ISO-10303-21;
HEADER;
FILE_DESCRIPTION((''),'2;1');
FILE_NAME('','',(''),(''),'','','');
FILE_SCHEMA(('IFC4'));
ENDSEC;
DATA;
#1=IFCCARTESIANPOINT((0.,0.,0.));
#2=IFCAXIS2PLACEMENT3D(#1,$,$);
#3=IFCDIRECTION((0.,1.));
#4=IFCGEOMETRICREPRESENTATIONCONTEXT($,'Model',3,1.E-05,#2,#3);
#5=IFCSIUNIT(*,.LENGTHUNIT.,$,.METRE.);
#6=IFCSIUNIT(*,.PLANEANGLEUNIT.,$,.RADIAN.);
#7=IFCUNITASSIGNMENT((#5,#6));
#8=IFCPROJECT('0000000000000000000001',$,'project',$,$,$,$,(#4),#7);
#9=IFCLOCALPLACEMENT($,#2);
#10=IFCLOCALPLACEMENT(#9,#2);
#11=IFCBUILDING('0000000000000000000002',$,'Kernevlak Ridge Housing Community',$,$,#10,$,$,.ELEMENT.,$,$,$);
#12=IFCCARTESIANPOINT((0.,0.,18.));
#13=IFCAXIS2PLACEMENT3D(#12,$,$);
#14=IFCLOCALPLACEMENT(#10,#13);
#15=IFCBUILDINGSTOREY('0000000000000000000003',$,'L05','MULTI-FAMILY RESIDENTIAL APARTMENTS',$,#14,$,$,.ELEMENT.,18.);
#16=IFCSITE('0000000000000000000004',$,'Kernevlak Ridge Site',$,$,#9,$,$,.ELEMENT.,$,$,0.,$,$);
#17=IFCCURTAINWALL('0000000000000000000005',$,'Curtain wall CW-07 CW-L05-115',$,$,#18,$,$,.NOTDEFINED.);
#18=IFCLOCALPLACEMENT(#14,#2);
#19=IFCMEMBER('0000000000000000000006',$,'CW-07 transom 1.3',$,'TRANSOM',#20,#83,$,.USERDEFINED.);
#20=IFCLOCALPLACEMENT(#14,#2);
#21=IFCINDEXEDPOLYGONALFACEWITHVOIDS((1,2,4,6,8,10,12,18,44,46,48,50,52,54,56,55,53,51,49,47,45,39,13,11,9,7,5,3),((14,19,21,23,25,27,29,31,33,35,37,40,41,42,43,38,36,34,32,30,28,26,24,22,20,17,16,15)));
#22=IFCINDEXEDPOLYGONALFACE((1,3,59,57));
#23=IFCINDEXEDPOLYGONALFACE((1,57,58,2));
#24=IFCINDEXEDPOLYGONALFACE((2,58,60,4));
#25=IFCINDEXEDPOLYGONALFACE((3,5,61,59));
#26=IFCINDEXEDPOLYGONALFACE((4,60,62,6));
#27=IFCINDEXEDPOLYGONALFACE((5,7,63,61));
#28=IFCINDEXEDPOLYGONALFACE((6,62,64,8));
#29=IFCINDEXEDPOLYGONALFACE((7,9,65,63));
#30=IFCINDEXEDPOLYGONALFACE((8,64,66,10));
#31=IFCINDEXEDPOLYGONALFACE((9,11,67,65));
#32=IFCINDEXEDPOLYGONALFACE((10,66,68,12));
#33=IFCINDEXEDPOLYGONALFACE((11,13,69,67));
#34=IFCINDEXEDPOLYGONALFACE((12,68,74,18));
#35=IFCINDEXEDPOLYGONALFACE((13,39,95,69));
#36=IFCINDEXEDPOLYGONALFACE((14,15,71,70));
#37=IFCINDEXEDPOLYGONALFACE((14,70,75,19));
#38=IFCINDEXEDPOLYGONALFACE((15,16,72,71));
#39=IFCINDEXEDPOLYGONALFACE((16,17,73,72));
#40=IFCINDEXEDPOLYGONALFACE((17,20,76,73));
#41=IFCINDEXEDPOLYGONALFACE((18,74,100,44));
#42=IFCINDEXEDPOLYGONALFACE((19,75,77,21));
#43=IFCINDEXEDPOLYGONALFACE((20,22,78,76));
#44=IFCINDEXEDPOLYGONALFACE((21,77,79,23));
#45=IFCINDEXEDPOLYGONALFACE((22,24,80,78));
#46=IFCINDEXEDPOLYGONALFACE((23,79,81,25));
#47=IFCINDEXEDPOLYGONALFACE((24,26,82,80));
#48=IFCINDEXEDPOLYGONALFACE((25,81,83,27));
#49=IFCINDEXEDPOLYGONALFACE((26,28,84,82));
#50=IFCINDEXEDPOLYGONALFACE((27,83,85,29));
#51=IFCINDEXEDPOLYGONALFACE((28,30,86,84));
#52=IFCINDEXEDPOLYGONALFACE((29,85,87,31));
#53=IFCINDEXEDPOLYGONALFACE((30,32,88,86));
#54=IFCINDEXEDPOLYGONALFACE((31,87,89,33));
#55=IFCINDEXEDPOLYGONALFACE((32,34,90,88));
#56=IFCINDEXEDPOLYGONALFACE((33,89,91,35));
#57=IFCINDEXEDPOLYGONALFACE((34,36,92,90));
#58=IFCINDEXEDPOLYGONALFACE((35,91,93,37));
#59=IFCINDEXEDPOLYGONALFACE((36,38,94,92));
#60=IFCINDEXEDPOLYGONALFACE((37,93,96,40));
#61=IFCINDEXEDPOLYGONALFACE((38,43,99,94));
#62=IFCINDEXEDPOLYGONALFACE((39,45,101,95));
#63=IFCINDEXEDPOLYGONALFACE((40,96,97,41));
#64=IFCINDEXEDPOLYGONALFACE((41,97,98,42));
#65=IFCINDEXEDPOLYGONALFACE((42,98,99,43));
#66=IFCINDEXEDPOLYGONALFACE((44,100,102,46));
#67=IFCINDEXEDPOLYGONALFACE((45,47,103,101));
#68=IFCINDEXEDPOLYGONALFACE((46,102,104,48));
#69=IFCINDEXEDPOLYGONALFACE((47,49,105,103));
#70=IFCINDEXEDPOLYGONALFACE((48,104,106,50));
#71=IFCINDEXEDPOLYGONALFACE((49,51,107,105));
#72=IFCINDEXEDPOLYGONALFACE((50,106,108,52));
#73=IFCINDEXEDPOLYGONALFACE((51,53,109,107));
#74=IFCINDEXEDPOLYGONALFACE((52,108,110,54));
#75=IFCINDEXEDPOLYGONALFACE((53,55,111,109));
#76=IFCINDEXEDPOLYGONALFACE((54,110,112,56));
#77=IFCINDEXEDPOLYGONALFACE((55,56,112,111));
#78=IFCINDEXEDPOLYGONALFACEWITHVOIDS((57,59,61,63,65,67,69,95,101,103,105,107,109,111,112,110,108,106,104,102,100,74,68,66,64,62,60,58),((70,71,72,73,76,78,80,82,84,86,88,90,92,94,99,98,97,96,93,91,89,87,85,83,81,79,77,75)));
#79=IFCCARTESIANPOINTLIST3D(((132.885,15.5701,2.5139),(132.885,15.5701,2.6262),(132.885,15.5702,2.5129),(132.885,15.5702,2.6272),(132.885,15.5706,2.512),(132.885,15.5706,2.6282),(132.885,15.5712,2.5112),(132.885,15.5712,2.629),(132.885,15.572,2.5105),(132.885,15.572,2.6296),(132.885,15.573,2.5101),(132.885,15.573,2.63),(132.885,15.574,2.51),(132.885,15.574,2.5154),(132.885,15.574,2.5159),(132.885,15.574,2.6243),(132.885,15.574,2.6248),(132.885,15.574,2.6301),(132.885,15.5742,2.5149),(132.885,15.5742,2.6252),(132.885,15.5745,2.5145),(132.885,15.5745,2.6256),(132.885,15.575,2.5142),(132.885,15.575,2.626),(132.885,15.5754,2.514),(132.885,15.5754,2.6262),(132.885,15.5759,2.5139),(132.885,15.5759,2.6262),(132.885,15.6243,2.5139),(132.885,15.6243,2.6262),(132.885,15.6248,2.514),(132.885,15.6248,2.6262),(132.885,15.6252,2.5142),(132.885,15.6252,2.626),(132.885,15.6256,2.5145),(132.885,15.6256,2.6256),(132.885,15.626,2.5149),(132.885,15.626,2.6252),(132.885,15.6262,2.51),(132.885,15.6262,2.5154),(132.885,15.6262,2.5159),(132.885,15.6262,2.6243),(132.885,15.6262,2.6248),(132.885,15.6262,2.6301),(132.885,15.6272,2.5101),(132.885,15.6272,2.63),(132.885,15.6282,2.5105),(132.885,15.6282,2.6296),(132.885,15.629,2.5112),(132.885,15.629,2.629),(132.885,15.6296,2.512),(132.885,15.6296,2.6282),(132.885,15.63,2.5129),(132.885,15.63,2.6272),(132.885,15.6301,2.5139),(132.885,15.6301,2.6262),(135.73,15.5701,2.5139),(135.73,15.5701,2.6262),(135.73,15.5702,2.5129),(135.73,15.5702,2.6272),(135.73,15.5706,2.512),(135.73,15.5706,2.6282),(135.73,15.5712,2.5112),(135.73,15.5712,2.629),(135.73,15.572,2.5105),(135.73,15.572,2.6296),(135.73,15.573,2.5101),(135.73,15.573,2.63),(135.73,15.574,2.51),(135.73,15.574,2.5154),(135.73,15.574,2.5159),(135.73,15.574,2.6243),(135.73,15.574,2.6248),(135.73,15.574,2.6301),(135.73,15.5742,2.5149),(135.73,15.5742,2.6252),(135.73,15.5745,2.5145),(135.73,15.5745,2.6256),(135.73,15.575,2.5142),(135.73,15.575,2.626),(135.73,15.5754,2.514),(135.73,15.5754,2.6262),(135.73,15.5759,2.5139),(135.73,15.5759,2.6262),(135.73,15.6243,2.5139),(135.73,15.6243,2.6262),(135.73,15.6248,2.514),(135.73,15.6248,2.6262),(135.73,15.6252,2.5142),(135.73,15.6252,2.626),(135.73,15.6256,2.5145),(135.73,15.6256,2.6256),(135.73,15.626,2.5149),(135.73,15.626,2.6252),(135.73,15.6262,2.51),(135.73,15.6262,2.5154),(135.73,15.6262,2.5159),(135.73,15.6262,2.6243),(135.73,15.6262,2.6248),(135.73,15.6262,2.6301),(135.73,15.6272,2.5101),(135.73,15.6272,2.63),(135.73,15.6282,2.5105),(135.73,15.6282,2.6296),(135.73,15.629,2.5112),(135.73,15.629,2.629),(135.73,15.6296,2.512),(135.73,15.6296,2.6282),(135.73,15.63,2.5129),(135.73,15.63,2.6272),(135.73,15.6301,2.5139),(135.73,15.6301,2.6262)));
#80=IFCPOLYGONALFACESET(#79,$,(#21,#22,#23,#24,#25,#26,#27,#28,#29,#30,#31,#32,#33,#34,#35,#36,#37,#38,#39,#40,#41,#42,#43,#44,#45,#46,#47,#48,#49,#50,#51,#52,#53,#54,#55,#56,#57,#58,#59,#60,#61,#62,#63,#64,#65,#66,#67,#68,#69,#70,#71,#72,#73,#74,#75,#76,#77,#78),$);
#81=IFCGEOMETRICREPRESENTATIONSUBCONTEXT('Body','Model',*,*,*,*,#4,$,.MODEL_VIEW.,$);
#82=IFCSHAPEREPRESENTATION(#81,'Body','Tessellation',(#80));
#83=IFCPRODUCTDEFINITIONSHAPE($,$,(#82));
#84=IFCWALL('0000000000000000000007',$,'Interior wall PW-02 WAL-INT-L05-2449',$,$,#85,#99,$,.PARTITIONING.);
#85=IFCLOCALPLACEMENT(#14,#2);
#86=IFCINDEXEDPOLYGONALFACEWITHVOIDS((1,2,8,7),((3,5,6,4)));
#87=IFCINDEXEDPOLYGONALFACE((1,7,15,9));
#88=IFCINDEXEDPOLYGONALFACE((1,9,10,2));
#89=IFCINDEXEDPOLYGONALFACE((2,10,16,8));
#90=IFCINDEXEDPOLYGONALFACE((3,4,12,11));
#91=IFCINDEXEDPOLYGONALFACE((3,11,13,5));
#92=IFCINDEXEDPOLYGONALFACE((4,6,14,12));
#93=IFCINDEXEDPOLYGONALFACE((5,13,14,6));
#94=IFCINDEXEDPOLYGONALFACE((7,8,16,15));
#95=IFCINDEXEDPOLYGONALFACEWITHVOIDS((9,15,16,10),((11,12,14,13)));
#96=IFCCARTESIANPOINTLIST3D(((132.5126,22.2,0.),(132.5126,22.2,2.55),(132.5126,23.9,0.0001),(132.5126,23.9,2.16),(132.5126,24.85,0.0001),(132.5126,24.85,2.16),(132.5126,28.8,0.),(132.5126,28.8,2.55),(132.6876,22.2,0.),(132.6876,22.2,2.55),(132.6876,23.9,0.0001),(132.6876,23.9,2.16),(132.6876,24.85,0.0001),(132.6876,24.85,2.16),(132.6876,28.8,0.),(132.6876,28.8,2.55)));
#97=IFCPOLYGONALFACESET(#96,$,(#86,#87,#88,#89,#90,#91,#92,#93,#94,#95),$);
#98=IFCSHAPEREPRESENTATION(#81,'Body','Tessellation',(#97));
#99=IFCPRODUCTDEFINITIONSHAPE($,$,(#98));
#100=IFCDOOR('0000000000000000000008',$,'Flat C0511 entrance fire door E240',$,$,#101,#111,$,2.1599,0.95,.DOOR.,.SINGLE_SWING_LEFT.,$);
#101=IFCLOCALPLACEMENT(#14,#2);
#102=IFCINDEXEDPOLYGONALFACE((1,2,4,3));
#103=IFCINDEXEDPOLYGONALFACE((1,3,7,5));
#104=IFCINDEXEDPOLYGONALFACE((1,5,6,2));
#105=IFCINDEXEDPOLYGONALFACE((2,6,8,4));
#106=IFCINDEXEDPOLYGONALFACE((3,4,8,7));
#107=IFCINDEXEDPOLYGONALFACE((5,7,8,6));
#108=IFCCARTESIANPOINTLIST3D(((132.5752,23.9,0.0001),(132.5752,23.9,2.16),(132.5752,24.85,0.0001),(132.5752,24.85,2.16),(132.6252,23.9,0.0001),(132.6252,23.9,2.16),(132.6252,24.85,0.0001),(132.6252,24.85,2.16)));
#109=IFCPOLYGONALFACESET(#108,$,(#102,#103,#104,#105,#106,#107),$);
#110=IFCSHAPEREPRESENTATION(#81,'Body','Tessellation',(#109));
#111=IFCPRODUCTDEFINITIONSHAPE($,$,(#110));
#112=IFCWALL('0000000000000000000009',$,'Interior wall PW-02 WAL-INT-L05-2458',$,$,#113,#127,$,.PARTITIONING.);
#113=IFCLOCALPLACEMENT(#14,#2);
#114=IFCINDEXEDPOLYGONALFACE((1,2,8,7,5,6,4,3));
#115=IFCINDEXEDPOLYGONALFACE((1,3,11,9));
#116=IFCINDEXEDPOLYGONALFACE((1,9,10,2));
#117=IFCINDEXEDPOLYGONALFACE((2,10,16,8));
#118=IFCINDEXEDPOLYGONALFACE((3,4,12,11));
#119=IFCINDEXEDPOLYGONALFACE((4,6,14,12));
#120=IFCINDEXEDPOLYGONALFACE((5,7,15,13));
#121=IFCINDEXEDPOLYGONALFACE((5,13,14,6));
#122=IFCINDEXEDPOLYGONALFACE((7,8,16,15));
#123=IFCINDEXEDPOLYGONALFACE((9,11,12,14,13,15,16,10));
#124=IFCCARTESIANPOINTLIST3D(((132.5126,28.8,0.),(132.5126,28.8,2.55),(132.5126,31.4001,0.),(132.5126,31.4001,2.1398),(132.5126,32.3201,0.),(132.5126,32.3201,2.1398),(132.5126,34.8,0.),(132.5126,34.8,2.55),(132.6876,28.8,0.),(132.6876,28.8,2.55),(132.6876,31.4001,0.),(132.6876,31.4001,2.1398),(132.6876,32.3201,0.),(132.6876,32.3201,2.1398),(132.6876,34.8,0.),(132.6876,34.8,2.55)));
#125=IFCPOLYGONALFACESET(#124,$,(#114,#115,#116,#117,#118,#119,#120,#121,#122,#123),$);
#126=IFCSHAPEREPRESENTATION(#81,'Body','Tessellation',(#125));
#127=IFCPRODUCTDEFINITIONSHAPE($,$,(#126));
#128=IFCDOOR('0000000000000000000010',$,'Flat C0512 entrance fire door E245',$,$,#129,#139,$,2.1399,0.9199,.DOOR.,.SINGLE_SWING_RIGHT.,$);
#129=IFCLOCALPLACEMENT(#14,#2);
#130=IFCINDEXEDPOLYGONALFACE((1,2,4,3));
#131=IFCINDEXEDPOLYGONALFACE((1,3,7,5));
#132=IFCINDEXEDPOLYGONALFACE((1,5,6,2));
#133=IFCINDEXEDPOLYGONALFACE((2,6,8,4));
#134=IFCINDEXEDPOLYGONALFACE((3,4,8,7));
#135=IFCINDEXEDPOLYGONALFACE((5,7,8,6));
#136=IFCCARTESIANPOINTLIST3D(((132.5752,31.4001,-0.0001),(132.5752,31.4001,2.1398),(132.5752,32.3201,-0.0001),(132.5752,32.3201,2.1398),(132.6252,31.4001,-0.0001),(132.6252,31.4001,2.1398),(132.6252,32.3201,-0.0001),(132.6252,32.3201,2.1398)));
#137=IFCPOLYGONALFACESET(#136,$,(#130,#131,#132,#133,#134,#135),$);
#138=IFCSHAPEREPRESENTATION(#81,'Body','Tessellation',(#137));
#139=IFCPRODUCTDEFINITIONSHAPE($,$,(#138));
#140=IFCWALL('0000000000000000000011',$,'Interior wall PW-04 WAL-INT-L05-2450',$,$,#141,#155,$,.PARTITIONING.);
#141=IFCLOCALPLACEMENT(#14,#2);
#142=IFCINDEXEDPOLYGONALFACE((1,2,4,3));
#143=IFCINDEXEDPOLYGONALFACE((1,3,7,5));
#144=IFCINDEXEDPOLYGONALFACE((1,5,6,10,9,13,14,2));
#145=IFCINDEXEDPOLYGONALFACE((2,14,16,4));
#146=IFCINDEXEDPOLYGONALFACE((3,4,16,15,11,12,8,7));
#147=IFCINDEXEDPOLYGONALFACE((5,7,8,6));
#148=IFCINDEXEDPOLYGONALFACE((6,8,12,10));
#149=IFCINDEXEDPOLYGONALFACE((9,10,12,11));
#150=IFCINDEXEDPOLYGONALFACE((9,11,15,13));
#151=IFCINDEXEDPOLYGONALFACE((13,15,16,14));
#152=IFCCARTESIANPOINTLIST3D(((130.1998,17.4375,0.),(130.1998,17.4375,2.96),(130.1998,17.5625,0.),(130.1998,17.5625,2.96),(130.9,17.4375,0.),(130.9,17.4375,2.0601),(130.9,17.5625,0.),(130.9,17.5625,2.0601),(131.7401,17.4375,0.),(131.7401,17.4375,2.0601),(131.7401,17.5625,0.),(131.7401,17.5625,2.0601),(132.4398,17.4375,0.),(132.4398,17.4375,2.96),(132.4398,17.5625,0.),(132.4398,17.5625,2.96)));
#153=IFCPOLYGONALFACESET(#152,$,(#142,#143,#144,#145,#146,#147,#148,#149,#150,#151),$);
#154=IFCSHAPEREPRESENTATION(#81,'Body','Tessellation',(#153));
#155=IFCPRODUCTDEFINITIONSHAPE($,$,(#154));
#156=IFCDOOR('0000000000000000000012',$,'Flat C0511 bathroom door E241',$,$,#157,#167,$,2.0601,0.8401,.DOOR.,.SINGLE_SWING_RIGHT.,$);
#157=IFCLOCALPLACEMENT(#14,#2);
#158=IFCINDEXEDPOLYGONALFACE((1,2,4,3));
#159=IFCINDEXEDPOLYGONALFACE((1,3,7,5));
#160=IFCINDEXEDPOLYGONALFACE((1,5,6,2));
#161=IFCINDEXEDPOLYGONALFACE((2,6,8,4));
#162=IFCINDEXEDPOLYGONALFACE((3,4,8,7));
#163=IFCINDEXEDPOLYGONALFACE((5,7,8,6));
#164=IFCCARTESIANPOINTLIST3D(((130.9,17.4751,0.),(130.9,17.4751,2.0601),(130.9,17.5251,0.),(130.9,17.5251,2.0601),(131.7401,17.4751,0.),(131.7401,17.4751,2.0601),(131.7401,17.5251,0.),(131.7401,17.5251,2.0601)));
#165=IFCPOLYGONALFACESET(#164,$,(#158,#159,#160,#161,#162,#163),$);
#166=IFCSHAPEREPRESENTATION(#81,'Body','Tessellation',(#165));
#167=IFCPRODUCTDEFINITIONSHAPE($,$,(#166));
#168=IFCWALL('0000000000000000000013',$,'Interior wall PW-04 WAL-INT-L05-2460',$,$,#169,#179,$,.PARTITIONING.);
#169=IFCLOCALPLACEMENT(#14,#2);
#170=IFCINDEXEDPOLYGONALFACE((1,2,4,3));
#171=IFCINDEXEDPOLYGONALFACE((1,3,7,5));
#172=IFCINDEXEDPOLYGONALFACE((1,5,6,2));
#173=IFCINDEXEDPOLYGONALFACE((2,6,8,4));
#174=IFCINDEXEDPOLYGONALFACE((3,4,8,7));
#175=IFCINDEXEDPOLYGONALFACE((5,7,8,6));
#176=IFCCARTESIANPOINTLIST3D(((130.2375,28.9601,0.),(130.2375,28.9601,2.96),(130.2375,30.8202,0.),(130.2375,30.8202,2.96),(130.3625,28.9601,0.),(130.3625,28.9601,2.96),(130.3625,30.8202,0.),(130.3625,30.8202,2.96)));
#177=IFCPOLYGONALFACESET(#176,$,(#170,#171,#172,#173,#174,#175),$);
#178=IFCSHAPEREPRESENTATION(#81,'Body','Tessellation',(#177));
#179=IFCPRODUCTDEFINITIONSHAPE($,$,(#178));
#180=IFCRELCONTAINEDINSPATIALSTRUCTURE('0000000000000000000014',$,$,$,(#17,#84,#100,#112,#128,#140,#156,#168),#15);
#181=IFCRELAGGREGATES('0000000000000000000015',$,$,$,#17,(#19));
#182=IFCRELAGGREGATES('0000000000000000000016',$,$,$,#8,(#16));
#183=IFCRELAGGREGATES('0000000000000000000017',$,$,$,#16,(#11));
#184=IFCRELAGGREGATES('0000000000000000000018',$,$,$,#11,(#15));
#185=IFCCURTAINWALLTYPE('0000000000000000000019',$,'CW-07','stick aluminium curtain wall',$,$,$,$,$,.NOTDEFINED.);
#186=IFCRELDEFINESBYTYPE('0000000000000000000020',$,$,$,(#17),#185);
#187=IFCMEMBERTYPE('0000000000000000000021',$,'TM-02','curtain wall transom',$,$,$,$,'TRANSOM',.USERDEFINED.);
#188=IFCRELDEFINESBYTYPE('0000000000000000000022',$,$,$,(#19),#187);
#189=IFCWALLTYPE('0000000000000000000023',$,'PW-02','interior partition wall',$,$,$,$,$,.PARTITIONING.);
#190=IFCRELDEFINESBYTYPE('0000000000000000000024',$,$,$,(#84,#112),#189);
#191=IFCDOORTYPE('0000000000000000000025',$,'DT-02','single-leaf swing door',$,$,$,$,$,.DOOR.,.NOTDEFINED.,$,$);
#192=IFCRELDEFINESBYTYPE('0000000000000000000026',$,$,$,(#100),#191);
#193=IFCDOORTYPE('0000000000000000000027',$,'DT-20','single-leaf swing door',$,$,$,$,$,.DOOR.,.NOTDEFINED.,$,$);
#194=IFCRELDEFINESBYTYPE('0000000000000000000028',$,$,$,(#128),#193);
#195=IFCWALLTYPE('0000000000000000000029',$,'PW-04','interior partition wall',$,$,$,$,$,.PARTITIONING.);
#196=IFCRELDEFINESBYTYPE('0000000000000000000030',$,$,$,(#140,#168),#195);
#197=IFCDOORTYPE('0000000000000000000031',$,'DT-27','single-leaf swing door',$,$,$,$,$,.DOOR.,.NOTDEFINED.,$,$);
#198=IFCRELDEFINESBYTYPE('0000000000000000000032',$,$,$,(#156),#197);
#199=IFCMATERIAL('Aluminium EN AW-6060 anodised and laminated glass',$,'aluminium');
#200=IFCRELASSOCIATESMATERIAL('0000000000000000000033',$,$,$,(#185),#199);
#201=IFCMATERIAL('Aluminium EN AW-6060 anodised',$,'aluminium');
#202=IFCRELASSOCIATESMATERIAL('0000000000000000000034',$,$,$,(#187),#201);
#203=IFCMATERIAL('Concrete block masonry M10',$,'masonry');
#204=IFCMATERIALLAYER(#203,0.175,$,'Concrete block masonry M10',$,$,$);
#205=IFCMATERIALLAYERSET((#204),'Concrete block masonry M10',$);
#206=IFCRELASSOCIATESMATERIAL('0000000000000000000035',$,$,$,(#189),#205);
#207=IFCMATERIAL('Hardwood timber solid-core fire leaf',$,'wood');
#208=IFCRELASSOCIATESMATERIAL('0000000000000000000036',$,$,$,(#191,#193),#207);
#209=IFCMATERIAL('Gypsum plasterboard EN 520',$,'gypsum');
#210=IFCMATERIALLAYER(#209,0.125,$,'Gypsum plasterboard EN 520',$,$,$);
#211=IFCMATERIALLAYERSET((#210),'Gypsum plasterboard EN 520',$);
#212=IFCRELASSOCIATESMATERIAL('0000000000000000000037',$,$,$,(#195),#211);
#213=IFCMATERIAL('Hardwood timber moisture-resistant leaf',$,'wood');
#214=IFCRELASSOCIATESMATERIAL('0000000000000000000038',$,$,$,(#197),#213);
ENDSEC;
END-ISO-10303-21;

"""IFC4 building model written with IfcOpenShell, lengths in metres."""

from ifc_helpers import new_model, si_unit, direction, frame, frame_2d, origin, origin_2d, place, context, subcontext, project, spatial, rectangle, hollow_rectangle, extrude, material, layer, layer_set, material_profile, profile_set, type_object, element, fill, aggregate, save


model = new_model("IFC4")

# Units and contexts
model_context = context("Model", 3, precision=1e-05, world=origin(), true_north=direction((0.0, 1.0)))
body_context = subcontext(model_context, "Body", "Model", "MODEL_VIEW")
ifc_project = project(units=[si_unit("LENGTHUNIT", "METRE"), si_unit("PLANEANGLEUNIT", "RADIAN")], contexts=[model_context])

# Site, building, storey
site_placement = place(None, origin())
site = spatial("IfcSite", under=ifc_project, at=site_placement, Name="Kernevlak Ridge Site", CompositionType="ELEMENT", RefElevation=0.0)
building_placement = place(site_placement, origin())
building = spatial("IfcBuilding", under=site, at=building_placement, Name="Kernevlak Ridge Housing Community", CompositionType="ELEMENT")
storey_placement = place(building_placement, frame((0.0, 0.0, 18.0)))
storey = spatial("IfcBuildingStorey", under=building, at=storey_placement, Name="L05", Description="MULTI-FAMILY RESIDENTIAL APARTMENTS", CompositionType="ELEMENT", Elevation=18.0)

# Curtain wall
ifc_material_1 = material(Name="Aluminium EN AW-6060 anodised and laminated glass", Category="aluminium")
curtain_wall_type = type_object("IfcCurtainWallType", Name="CW-07", Description="stick aluminium curtain wall", PredefinedType="NOTDEFINED", material=ifc_material_1)
curtain_wall_placement = place(storey_placement, origin())
curtain_wall = element("IfcCurtainWall", 1, at=curtain_wall_placement, inside=storey, type_object=curtain_wall_type, Name="Curtain wall CW-07 CW-L05-115", PredefinedType="NOTDEFINED")
ifc_material_2 = material(Name="Aluminium EN AW-6060 anodised", Category="aluminium")

# Member
ifc_material_profile_1 = material_profile(ifc_material_2, hollow_rectangle(XDim=0.0601, YDim=0.1201, WallThickness=0.0039, InnerFilletRadius=0.002, OuterFilletRadius=0.0039, at=origin_2d()), Name="ALU 60x120x4")
ifc_profile_set_1 = profile_set([ifc_material_profile_1], Name="Aluminium EN AW-6060 anodised")
member_type_1 = type_object("IfcMemberType", Name="TM-02", Description="curtain wall transom", ElementType="TRANSOM", PredefinedType="USERDEFINED", material=ifc_profile_set_1)
member_1_placement = place(storey_placement, frame((132.885, 15.6001, 2.5701), z_axis=(1.0, 0.0, 0.0), x_axis=(0.0, 1.0, 0.0)))
member_1 = element("IfcMember", 2, at=member_1_placement, type_object=member_type_1, Name="CW-07 transom 1.3", ObjectType="TRANSOM", PredefinedType="USERDEFINED", context=body_context, shape_type="SweptSolid", body=[
    extrude(hollow_rectangle(XDim=0.0601, YDim=0.1201, WallThickness=0.0039, InnerFilletRadius=0.002, OuterFilletRadius=0.0039, at=origin_2d()), origin(), (0.0, 0.0, 1.0), 2.845),
])
aggregate(curtain_wall, [member_1])

# Walls, openings, doors
ifc_material_3 = material(Name="Concrete block masonry M10", Category="masonry")
ifc_layer_1 = layer(ifc_material_3, 0.175, Name="Concrete block masonry M10")
ifc_layer_set_1 = layer_set([ifc_layer_1], Name="Concrete block masonry M10")
wall_type_1 = type_object("IfcWallType", Name="PW-02", Description="interior partition wall", PredefinedType="PARTITIONING", material=ifc_layer_set_1)
wall_1_placement = place(storey_placement, frame((132.6001, 22.2, 0.0), z_axis=(0.0, 0.0, 1.0), x_axis=(0.0, 1.0, 0.0)))
wall_1 = element("IfcWall", 3, at=wall_1_placement, inside=storey, type_object=wall_type_1, Name="Interior wall PW-02 WAL-INT-L05-2449", PredefinedType="PARTITIONING", context=body_context, shape_type="SweptSolid", body=[
    extrude(rectangle(XDim=6.6001, YDim=0.175, at=frame_2d((3.3, 0.0))), origin(), (0.0, 0.0, 1.0), 2.55),
])
opening_1_placement = place(wall_1_placement, frame((1.7, 0.0, 0.0)))
opening_1 = element("IfcOpeningElement", 4, at=opening_1_placement, cuts=wall_1, PredefinedType="OPENING", context=body_context, shape_type="SweptSolid", body=[
    extrude(rectangle(XDim=0.95, YDim=2.1599, at=frame_2d((0.4751, 1.0801))), frame((0.0, 0.0974, 0.0), z_axis=(0.0, -1.0, 0.0), x_axis=(1.0, 0.0, 0.0)), (0.0, 0.0, 1.0), 0.1951),
])
ifc_material_4 = material(Name="Hardwood timber solid-core fire leaf", Category="wood")
door_type_1 = type_object("IfcDoorType", Name="DT-02", Description="single-leaf swing door", OperationType="NOTDEFINED", PredefinedType="DOOR", material=ifc_material_4)
door_1_placement = place(opening_1_placement, origin())
door_1 = element("IfcDoor", 5, at=door_1_placement, inside=storey, type_object=door_type_1, Name="Flat C0511 entrance fire door E240", OperationType="SINGLE_SWING_LEFT", OverallHeight=2.1599, OverallWidth=0.95, PredefinedType="DOOR", context=body_context, shape_type="SweptSolid", body=[
    extrude(rectangle(XDim=0.95, YDim=2.1599, at=frame_2d((0.4751, 1.0801))), frame((0.0, 0.0249, 0.0), z_axis=(0.0, -1.0, 0.0), x_axis=(1.0, 0.0, 0.0)), (0.0, 0.0, 1.0), 0.05),
])
fill(opening_1, door_1)
wall_2_placement = place(storey_placement, frame((132.6001, 28.8, 0.0), z_axis=(0.0, 0.0, 1.0), x_axis=(0.0, 1.0, 0.0)))
wall_2 = element("IfcWall", 6, at=wall_2_placement, inside=storey, type_object=wall_type_1, Name="Interior wall PW-02 WAL-INT-L05-2458", PredefinedType="PARTITIONING", context=body_context, shape_type="SweptSolid", body=[
    extrude(rectangle(XDim=6.0, YDim=0.175, at=frame_2d((3.0, 0.0))), origin(), (0.0, 0.0, 1.0), 2.55),
])
opening_2_placement = place(wall_2_placement, frame((2.6001, 0.0, 0.0)))
opening_2 = element("IfcOpeningElement", 7, at=opening_2_placement, cuts=wall_2, PredefinedType="OPENING", context=body_context, shape_type="SweptSolid", body=[
    extrude(rectangle(XDim=0.9199, YDim=2.1399, at=frame_2d((0.46, 1.0698))), frame((0.0, 0.0974, 0.0), z_axis=(0.0, -1.0, 0.0), x_axis=(1.0, 0.0, 0.0)), (0.0, 0.0, 1.0), 0.1951),
])
door_type_2 = type_object("IfcDoorType", Name="DT-20", Description="single-leaf swing door", OperationType="NOTDEFINED", PredefinedType="DOOR", material=ifc_material_4)
door_2_placement = place(opening_2_placement, origin())
door_2 = element("IfcDoor", 8, at=door_2_placement, inside=storey, type_object=door_type_2, Name="Flat C0512 entrance fire door E245", OperationType="SINGLE_SWING_RIGHT", OverallHeight=2.1399, OverallWidth=0.9199, PredefinedType="DOOR", context=body_context, shape_type="SweptSolid", body=[
    extrude(rectangle(XDim=0.9199, YDim=2.1399, at=frame_2d((0.46, 1.0698))), frame((0.0, 0.0249, 0.0), z_axis=(0.0, -1.0, 0.0), x_axis=(1.0, 0.0, 0.0)), (0.0, 0.0, 1.0), 0.05),
])
fill(opening_2, door_2)
ifc_material_5 = material(Name="Gypsum plasterboard EN 520", Category="gypsum")
ifc_layer_2 = layer(ifc_material_5, 0.125, Name="Gypsum plasterboard EN 520")
ifc_layer_set_2 = layer_set([ifc_layer_2], Name="Gypsum plasterboard EN 520")
wall_type_2 = type_object("IfcWallType", Name="PW-04", Description="interior partition wall", PredefinedType="PARTITIONING", material=ifc_layer_set_2)
wall_3_placement = place(storey_placement, frame((132.4399, 17.5, 0.0), z_axis=(0.0, 0.0, 1.0), x_axis=(-1.0, 0.0, 0.0)))
wall_3 = element("IfcWall", 9, at=wall_3_placement, inside=storey, type_object=wall_type_2, Name="Interior wall PW-04 WAL-INT-L05-2450", PredefinedType="PARTITIONING", context=body_context, shape_type="SweptSolid", body=[
    extrude(rectangle(XDim=2.24, YDim=0.125, at=frame_2d((1.1201, 0.0))), origin(), (0.0, 0.0, 1.0), 2.96),
])
opening_3_placement = place(wall_3_placement, frame((0.7, 0.0, 0.0)))
opening_3 = element("IfcOpeningElement", 10, at=opening_3_placement, cuts=wall_3, PredefinedType="OPENING", context=body_context, shape_type="SweptSolid", body=[
    extrude(rectangle(XDim=0.8401, YDim=2.0601, at=frame_2d((0.4199, 1.03))), frame((0.0, 0.0725, 0.0), z_axis=(0.0, -1.0, 0.0), x_axis=(1.0, 0.0, 0.0)), (0.0, 0.0, 1.0), 0.145),
])
ifc_material_6 = material(Name="Hardwood timber moisture-resistant leaf", Category="wood")
door_type_3 = type_object("IfcDoorType", Name="DT-27", Description="single-leaf swing door", OperationType="NOTDEFINED", PredefinedType="DOOR", material=ifc_material_6)
door_3_placement = place(opening_3_placement, origin())
door_3 = element("IfcDoor", 11, at=door_3_placement, inside=storey, type_object=door_type_3, Name="Flat C0511 bathroom door E241", OperationType="SINGLE_SWING_RIGHT", OverallHeight=2.0601, OverallWidth=0.8401, PredefinedType="DOOR", context=body_context, shape_type="SweptSolid", body=[
    extrude(rectangle(XDim=0.8401, YDim=2.0601, at=frame_2d((0.4199, 1.03))), frame((0.0, 0.0249, 0.0), z_axis=(0.0, -1.0, 0.0), x_axis=(1.0, 0.0, 0.0)), (0.0, 0.0, 1.0), 0.05),
])
fill(opening_3, door_3)

# Wall
wall_4_placement = place(storey_placement, frame((130.3, 28.96, 0.0), z_axis=(0.0, 0.0, 1.0), x_axis=(0.0, 1.0, 0.0)))
element("IfcWall", 12, at=wall_4_placement, inside=storey, type_object=wall_type_2, Name="Interior wall PW-04 WAL-INT-L05-2460", PredefinedType="PARTITIONING", context=body_context, shape_type="SweptSolid", body=[
    extrude(rectangle(XDim=1.8601, YDim=0.125, at=frame_2d((0.9302, 0.0))), origin(), (0.0, 0.0, 1.0), 2.96),
])

save(model, "model.ifc")
